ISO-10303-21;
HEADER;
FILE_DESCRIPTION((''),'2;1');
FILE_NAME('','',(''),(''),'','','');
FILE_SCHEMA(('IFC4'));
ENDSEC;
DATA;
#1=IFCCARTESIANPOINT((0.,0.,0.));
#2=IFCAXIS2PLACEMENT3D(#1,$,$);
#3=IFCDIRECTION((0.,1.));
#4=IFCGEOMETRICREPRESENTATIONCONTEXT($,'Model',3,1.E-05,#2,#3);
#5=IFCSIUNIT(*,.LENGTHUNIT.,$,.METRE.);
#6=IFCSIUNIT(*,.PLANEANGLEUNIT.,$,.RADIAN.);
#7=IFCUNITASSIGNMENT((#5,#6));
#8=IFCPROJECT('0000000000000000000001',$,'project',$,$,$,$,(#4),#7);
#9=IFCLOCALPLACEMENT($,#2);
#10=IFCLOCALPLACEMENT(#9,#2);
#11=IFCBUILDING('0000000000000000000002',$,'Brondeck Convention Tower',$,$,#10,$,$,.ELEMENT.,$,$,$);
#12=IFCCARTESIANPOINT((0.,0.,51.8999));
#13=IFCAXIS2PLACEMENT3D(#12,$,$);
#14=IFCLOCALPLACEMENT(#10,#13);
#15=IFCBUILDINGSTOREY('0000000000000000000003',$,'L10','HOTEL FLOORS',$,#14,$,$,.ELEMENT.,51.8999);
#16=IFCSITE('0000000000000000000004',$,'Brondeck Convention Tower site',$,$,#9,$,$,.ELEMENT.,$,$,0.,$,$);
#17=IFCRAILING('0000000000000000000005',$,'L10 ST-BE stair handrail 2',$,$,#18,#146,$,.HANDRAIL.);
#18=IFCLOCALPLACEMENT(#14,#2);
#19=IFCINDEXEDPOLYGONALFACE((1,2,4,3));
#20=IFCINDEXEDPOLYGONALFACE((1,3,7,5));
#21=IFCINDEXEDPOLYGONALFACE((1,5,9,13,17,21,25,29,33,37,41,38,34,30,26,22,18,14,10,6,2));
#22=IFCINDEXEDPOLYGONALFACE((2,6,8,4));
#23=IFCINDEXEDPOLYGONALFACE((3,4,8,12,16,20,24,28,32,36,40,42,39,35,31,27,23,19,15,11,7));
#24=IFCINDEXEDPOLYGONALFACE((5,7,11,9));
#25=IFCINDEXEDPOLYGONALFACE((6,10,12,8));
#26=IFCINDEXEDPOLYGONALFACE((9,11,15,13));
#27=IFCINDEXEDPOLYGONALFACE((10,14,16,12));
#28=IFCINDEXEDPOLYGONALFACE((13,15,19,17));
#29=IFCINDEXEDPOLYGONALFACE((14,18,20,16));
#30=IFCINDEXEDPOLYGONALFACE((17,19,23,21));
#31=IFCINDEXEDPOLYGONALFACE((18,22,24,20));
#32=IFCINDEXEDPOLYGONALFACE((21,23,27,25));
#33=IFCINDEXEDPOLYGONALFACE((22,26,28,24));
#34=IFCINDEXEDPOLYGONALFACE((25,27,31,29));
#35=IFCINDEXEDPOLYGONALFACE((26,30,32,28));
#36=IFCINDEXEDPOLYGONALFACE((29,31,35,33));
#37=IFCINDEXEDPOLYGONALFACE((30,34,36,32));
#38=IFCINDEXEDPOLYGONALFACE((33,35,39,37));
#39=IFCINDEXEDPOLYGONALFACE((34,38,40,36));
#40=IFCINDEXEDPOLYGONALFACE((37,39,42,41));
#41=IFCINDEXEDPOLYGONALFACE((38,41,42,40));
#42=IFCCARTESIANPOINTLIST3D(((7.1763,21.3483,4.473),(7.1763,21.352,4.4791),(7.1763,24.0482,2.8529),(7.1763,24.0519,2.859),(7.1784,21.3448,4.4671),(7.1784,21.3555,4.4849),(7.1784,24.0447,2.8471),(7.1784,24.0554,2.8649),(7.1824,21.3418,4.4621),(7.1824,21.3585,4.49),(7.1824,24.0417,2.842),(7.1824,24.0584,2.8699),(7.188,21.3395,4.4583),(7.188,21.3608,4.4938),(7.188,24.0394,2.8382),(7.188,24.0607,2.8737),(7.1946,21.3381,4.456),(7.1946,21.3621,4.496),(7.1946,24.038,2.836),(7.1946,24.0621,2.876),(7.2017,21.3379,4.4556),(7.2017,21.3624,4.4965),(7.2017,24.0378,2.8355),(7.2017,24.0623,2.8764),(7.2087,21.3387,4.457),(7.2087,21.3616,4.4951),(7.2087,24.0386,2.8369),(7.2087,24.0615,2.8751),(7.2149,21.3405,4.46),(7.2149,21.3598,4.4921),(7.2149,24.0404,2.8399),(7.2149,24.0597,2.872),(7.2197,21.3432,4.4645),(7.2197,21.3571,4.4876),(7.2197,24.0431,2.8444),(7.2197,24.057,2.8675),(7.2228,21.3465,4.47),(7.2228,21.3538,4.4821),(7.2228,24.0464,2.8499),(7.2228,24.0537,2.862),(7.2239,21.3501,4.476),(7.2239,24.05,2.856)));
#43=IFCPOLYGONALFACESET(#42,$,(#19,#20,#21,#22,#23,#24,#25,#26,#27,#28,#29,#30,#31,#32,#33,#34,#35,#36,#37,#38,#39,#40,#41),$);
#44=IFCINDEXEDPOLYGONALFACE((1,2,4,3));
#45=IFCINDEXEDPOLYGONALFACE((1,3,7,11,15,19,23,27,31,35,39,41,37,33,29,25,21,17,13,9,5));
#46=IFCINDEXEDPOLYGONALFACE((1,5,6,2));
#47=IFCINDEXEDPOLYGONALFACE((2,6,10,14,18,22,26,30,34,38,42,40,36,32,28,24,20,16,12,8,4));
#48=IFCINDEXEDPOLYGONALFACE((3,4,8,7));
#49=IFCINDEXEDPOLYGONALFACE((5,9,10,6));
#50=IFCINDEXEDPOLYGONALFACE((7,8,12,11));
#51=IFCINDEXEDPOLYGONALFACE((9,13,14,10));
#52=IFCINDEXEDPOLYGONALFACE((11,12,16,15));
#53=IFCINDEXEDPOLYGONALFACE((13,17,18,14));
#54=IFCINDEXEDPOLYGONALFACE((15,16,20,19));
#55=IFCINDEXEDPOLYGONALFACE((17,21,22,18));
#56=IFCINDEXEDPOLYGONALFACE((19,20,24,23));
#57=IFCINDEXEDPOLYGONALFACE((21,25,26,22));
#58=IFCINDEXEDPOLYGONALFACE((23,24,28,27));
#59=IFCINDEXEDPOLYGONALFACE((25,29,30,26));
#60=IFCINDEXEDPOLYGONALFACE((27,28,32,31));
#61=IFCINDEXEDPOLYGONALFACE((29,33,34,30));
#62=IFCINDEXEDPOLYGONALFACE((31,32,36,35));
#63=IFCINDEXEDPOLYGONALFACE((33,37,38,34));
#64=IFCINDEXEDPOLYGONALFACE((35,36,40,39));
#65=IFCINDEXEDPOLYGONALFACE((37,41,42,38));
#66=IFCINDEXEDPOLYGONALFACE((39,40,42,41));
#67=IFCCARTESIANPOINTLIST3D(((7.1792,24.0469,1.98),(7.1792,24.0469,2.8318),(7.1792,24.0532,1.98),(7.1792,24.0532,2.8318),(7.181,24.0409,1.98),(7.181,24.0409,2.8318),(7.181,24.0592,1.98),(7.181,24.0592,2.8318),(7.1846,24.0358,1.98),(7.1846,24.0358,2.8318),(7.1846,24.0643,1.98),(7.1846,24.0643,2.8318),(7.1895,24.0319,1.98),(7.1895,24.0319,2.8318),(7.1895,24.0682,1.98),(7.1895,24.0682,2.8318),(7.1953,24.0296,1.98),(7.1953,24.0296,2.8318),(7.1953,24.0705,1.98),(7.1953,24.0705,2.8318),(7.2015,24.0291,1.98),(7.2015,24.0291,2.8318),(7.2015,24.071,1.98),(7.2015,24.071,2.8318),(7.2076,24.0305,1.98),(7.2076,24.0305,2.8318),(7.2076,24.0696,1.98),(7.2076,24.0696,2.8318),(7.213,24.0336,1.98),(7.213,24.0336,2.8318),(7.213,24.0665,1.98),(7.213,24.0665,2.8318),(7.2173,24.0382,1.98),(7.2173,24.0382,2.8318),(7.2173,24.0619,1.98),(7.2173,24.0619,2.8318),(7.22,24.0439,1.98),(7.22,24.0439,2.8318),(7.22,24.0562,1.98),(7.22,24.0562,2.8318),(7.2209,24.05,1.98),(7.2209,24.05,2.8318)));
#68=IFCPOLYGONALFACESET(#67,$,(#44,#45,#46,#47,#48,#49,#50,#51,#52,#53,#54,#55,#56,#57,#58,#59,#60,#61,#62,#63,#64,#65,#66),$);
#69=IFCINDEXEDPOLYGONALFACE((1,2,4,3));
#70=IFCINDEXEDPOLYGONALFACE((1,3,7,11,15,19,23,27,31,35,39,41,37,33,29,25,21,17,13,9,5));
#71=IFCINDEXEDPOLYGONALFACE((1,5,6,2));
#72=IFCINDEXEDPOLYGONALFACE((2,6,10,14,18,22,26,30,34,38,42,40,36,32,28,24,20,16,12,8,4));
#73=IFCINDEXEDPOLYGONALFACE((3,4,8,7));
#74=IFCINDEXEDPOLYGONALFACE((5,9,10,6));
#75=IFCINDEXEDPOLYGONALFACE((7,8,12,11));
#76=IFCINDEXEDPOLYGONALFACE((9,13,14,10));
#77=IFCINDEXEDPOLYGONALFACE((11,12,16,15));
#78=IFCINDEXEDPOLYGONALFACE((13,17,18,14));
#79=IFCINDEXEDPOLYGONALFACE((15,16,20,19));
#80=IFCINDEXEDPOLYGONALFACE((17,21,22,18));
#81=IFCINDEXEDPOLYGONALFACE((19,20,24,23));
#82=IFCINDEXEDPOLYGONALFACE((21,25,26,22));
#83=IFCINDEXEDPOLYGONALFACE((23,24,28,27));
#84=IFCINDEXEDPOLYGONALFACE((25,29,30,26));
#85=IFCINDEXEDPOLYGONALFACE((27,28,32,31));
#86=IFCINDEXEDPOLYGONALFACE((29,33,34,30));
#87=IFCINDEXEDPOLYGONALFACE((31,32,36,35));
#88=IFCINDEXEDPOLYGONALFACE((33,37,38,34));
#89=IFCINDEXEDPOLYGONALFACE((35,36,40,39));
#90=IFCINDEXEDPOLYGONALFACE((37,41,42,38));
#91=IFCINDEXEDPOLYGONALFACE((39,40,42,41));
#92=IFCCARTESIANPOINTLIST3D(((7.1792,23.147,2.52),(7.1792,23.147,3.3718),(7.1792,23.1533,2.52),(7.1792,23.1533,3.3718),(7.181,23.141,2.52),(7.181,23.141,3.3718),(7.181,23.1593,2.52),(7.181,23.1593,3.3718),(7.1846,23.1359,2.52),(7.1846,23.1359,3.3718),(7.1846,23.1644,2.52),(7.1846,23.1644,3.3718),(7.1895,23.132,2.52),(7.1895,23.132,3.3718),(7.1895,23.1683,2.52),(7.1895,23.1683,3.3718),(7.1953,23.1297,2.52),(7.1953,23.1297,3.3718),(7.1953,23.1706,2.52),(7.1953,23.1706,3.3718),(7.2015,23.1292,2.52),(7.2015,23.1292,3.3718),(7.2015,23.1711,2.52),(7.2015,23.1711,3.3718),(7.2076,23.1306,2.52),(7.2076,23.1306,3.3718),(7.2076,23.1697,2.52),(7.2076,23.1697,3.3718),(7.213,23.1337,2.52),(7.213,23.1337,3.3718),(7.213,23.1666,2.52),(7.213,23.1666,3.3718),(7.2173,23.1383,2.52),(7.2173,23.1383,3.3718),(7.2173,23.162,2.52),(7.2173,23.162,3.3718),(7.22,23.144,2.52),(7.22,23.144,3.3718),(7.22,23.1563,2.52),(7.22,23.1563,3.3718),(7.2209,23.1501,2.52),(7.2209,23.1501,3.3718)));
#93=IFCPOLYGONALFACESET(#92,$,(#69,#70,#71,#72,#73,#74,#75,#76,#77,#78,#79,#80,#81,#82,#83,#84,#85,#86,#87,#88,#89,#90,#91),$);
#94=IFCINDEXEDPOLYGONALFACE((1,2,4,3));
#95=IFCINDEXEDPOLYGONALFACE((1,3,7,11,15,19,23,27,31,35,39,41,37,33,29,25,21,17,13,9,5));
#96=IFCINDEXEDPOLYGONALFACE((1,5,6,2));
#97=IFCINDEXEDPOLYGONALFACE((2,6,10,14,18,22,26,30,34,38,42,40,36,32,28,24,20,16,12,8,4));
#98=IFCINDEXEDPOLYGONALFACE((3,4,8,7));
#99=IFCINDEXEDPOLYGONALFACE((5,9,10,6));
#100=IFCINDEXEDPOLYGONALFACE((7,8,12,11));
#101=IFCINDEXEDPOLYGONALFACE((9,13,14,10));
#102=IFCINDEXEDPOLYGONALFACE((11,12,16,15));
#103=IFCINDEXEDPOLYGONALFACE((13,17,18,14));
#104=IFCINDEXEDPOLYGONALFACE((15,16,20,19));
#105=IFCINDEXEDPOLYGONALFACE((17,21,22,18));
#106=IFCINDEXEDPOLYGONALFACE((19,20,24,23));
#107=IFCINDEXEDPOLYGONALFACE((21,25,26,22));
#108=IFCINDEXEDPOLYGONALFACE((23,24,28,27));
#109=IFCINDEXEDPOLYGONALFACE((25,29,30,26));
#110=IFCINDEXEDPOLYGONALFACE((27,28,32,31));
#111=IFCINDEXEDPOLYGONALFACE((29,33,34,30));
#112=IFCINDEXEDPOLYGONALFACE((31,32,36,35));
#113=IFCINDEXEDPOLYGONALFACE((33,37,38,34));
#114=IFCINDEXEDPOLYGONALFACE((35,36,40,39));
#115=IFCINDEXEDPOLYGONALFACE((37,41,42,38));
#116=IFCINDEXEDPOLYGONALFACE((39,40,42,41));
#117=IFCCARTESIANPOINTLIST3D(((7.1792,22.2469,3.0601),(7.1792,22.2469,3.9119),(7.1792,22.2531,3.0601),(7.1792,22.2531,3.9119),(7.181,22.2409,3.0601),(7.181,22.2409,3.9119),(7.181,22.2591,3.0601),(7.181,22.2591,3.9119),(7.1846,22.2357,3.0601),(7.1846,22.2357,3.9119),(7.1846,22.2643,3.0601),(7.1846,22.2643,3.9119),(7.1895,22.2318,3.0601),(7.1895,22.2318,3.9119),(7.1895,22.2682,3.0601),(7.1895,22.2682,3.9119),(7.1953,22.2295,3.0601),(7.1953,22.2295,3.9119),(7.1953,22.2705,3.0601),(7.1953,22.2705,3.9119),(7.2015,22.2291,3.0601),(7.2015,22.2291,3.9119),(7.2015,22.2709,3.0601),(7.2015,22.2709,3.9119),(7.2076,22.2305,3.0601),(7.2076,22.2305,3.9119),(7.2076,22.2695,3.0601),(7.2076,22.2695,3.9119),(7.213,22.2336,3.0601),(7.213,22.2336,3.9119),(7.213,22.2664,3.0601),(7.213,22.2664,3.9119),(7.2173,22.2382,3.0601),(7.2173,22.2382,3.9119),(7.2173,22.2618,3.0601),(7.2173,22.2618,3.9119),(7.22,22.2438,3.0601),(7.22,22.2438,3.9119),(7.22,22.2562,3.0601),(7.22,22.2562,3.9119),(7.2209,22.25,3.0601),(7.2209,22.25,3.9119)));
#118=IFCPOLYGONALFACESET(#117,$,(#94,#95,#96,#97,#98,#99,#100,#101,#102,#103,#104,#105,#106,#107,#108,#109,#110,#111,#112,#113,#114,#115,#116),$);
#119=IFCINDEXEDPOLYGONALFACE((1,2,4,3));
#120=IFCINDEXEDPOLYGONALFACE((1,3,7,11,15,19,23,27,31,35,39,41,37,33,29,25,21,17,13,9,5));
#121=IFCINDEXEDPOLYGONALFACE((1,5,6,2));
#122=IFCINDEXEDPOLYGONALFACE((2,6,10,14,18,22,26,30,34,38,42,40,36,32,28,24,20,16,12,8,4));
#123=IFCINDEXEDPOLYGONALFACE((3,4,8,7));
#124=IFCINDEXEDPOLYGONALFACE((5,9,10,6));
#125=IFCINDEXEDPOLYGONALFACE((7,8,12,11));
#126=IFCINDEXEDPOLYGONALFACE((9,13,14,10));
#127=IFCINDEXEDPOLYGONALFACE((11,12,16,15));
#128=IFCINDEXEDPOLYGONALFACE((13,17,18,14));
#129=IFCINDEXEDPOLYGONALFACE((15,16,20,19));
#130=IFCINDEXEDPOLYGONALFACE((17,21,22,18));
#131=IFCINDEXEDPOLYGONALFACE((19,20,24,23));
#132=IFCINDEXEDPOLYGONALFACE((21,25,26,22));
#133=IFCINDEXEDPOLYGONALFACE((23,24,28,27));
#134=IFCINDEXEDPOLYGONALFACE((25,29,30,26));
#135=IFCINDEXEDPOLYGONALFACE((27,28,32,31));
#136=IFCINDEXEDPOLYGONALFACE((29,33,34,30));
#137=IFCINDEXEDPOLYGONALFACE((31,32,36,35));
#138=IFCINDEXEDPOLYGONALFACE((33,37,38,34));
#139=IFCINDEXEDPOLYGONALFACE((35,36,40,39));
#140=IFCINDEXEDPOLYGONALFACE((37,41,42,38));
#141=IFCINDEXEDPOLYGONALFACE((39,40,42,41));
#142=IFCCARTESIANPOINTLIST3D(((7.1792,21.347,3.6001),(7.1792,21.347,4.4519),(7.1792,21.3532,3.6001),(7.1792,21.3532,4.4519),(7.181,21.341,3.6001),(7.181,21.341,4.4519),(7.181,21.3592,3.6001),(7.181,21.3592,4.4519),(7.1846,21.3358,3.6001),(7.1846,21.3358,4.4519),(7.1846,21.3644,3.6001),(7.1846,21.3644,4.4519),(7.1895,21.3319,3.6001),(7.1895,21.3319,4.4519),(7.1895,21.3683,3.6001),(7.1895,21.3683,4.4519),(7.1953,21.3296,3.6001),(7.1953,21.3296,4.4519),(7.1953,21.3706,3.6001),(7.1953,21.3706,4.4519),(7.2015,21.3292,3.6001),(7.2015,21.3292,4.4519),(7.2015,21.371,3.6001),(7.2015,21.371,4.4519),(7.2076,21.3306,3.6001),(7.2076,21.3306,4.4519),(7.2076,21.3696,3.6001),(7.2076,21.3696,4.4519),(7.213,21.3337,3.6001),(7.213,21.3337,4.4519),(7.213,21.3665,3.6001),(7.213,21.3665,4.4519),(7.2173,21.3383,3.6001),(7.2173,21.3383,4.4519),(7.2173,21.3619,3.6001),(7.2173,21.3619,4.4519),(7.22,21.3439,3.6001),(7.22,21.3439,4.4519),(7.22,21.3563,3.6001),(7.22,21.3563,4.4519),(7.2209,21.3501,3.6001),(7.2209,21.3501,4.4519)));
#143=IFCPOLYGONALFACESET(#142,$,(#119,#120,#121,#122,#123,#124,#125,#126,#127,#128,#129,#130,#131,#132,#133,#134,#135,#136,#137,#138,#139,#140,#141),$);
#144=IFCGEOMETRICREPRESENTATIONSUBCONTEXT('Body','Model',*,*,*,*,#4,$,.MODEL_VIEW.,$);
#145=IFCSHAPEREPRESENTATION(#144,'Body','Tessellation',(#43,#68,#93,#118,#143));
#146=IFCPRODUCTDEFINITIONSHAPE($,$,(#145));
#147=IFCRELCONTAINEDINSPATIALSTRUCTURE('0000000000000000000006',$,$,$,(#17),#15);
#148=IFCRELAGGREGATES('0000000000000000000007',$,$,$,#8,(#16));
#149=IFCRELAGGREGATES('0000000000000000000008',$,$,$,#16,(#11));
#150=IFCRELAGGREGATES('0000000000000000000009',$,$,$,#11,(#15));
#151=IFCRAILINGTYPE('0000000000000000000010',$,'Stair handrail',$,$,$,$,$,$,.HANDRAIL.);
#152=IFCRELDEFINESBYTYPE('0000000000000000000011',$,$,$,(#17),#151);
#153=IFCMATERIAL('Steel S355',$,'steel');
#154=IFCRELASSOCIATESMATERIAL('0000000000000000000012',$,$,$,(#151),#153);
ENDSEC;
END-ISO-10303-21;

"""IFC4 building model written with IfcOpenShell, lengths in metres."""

from ifc_helpers import new_model, si_unit, direction, frame, origin, origin_2d, place, context, subcontext, project, spatial, circle, extrude, material, type_object, element, save


model = new_model("IFC4")

# Units and contexts
model_context = context("Model", 3, precision=1e-05, world=origin(), true_north=direction((0.0, 1.0)))
body_context = subcontext(model_context, "Body", "Model", "MODEL_VIEW")
ifc_project = project(units=[si_unit("LENGTHUNIT", "METRE"), si_unit("PLANEANGLEUNIT", "RADIAN")], contexts=[model_context])

# Site, building, storey
site_placement = place(None, origin())
site = spatial("IfcSite", under=ifc_project, at=site_placement, Name="Brondeck Convention Tower site", CompositionType="ELEMENT", RefElevation=0.0)
building_placement = place(site_placement, origin())
building = spatial("IfcBuilding", under=site, at=building_placement, Name="Brondeck Convention Tower", CompositionType="ELEMENT")
storey_placement = place(building_placement, frame((0.0, 0.0, 51.8999)))
storey = spatial("IfcBuildingStorey", under=building, at=storey_placement, Name="L10", Description="HOTEL FLOORS", CompositionType="ELEMENT", Elevation=51.8999)

# Shared definitions
ifc_material_1 = material(Name="Steel S355", Category="steel")

# Railing
railing_type_1 = type_object("IfcRailingType", Name="Stair handrail", PredefinedType="HANDRAIL", material=ifc_material_1)
railing_1_placement = place(storey_placement, frame((7.2, 24.05, 1.98)))
element("IfcRailing", 1, at=railing_1_placement, inside=storey, type_object=railing_type_1, Name="L10 ST-BE stair handrail 2", PredefinedType="HANDRAIL", context=body_context, shape_type="SweptSolid", body=[
    extrude(circle(Radius=0.0239, at=origin_2d()), frame((0.0, 0.0, 0.876), z_axis=(0.0, -0.857472, 0.51453), x_axis=(1.0, 0.0, 0.0)), (0.0, 0.0, 1.0), 3.1487),
    extrude(circle(Radius=0.021, at=origin_2d()), origin(), (0.0, 0.0, 1.0), 0.8518),
    extrude(circle(Radius=0.021, at=origin_2d()), frame((0.0, -0.8999, 0.54)), (0.0, 0.0, 1.0), 0.8518),
    extrude(circle(Radius=0.021, at=origin_2d()), frame((0.0, -1.8, 1.0801)), (0.0, 0.0, 1.0), 0.8518),
    extrude(circle(Radius=0.021, at=origin_2d()), frame((0.0, -2.7, 1.6201)), (0.0, 0.0, 1.0), 0.8518),
])

save(model, "model.ifc")
